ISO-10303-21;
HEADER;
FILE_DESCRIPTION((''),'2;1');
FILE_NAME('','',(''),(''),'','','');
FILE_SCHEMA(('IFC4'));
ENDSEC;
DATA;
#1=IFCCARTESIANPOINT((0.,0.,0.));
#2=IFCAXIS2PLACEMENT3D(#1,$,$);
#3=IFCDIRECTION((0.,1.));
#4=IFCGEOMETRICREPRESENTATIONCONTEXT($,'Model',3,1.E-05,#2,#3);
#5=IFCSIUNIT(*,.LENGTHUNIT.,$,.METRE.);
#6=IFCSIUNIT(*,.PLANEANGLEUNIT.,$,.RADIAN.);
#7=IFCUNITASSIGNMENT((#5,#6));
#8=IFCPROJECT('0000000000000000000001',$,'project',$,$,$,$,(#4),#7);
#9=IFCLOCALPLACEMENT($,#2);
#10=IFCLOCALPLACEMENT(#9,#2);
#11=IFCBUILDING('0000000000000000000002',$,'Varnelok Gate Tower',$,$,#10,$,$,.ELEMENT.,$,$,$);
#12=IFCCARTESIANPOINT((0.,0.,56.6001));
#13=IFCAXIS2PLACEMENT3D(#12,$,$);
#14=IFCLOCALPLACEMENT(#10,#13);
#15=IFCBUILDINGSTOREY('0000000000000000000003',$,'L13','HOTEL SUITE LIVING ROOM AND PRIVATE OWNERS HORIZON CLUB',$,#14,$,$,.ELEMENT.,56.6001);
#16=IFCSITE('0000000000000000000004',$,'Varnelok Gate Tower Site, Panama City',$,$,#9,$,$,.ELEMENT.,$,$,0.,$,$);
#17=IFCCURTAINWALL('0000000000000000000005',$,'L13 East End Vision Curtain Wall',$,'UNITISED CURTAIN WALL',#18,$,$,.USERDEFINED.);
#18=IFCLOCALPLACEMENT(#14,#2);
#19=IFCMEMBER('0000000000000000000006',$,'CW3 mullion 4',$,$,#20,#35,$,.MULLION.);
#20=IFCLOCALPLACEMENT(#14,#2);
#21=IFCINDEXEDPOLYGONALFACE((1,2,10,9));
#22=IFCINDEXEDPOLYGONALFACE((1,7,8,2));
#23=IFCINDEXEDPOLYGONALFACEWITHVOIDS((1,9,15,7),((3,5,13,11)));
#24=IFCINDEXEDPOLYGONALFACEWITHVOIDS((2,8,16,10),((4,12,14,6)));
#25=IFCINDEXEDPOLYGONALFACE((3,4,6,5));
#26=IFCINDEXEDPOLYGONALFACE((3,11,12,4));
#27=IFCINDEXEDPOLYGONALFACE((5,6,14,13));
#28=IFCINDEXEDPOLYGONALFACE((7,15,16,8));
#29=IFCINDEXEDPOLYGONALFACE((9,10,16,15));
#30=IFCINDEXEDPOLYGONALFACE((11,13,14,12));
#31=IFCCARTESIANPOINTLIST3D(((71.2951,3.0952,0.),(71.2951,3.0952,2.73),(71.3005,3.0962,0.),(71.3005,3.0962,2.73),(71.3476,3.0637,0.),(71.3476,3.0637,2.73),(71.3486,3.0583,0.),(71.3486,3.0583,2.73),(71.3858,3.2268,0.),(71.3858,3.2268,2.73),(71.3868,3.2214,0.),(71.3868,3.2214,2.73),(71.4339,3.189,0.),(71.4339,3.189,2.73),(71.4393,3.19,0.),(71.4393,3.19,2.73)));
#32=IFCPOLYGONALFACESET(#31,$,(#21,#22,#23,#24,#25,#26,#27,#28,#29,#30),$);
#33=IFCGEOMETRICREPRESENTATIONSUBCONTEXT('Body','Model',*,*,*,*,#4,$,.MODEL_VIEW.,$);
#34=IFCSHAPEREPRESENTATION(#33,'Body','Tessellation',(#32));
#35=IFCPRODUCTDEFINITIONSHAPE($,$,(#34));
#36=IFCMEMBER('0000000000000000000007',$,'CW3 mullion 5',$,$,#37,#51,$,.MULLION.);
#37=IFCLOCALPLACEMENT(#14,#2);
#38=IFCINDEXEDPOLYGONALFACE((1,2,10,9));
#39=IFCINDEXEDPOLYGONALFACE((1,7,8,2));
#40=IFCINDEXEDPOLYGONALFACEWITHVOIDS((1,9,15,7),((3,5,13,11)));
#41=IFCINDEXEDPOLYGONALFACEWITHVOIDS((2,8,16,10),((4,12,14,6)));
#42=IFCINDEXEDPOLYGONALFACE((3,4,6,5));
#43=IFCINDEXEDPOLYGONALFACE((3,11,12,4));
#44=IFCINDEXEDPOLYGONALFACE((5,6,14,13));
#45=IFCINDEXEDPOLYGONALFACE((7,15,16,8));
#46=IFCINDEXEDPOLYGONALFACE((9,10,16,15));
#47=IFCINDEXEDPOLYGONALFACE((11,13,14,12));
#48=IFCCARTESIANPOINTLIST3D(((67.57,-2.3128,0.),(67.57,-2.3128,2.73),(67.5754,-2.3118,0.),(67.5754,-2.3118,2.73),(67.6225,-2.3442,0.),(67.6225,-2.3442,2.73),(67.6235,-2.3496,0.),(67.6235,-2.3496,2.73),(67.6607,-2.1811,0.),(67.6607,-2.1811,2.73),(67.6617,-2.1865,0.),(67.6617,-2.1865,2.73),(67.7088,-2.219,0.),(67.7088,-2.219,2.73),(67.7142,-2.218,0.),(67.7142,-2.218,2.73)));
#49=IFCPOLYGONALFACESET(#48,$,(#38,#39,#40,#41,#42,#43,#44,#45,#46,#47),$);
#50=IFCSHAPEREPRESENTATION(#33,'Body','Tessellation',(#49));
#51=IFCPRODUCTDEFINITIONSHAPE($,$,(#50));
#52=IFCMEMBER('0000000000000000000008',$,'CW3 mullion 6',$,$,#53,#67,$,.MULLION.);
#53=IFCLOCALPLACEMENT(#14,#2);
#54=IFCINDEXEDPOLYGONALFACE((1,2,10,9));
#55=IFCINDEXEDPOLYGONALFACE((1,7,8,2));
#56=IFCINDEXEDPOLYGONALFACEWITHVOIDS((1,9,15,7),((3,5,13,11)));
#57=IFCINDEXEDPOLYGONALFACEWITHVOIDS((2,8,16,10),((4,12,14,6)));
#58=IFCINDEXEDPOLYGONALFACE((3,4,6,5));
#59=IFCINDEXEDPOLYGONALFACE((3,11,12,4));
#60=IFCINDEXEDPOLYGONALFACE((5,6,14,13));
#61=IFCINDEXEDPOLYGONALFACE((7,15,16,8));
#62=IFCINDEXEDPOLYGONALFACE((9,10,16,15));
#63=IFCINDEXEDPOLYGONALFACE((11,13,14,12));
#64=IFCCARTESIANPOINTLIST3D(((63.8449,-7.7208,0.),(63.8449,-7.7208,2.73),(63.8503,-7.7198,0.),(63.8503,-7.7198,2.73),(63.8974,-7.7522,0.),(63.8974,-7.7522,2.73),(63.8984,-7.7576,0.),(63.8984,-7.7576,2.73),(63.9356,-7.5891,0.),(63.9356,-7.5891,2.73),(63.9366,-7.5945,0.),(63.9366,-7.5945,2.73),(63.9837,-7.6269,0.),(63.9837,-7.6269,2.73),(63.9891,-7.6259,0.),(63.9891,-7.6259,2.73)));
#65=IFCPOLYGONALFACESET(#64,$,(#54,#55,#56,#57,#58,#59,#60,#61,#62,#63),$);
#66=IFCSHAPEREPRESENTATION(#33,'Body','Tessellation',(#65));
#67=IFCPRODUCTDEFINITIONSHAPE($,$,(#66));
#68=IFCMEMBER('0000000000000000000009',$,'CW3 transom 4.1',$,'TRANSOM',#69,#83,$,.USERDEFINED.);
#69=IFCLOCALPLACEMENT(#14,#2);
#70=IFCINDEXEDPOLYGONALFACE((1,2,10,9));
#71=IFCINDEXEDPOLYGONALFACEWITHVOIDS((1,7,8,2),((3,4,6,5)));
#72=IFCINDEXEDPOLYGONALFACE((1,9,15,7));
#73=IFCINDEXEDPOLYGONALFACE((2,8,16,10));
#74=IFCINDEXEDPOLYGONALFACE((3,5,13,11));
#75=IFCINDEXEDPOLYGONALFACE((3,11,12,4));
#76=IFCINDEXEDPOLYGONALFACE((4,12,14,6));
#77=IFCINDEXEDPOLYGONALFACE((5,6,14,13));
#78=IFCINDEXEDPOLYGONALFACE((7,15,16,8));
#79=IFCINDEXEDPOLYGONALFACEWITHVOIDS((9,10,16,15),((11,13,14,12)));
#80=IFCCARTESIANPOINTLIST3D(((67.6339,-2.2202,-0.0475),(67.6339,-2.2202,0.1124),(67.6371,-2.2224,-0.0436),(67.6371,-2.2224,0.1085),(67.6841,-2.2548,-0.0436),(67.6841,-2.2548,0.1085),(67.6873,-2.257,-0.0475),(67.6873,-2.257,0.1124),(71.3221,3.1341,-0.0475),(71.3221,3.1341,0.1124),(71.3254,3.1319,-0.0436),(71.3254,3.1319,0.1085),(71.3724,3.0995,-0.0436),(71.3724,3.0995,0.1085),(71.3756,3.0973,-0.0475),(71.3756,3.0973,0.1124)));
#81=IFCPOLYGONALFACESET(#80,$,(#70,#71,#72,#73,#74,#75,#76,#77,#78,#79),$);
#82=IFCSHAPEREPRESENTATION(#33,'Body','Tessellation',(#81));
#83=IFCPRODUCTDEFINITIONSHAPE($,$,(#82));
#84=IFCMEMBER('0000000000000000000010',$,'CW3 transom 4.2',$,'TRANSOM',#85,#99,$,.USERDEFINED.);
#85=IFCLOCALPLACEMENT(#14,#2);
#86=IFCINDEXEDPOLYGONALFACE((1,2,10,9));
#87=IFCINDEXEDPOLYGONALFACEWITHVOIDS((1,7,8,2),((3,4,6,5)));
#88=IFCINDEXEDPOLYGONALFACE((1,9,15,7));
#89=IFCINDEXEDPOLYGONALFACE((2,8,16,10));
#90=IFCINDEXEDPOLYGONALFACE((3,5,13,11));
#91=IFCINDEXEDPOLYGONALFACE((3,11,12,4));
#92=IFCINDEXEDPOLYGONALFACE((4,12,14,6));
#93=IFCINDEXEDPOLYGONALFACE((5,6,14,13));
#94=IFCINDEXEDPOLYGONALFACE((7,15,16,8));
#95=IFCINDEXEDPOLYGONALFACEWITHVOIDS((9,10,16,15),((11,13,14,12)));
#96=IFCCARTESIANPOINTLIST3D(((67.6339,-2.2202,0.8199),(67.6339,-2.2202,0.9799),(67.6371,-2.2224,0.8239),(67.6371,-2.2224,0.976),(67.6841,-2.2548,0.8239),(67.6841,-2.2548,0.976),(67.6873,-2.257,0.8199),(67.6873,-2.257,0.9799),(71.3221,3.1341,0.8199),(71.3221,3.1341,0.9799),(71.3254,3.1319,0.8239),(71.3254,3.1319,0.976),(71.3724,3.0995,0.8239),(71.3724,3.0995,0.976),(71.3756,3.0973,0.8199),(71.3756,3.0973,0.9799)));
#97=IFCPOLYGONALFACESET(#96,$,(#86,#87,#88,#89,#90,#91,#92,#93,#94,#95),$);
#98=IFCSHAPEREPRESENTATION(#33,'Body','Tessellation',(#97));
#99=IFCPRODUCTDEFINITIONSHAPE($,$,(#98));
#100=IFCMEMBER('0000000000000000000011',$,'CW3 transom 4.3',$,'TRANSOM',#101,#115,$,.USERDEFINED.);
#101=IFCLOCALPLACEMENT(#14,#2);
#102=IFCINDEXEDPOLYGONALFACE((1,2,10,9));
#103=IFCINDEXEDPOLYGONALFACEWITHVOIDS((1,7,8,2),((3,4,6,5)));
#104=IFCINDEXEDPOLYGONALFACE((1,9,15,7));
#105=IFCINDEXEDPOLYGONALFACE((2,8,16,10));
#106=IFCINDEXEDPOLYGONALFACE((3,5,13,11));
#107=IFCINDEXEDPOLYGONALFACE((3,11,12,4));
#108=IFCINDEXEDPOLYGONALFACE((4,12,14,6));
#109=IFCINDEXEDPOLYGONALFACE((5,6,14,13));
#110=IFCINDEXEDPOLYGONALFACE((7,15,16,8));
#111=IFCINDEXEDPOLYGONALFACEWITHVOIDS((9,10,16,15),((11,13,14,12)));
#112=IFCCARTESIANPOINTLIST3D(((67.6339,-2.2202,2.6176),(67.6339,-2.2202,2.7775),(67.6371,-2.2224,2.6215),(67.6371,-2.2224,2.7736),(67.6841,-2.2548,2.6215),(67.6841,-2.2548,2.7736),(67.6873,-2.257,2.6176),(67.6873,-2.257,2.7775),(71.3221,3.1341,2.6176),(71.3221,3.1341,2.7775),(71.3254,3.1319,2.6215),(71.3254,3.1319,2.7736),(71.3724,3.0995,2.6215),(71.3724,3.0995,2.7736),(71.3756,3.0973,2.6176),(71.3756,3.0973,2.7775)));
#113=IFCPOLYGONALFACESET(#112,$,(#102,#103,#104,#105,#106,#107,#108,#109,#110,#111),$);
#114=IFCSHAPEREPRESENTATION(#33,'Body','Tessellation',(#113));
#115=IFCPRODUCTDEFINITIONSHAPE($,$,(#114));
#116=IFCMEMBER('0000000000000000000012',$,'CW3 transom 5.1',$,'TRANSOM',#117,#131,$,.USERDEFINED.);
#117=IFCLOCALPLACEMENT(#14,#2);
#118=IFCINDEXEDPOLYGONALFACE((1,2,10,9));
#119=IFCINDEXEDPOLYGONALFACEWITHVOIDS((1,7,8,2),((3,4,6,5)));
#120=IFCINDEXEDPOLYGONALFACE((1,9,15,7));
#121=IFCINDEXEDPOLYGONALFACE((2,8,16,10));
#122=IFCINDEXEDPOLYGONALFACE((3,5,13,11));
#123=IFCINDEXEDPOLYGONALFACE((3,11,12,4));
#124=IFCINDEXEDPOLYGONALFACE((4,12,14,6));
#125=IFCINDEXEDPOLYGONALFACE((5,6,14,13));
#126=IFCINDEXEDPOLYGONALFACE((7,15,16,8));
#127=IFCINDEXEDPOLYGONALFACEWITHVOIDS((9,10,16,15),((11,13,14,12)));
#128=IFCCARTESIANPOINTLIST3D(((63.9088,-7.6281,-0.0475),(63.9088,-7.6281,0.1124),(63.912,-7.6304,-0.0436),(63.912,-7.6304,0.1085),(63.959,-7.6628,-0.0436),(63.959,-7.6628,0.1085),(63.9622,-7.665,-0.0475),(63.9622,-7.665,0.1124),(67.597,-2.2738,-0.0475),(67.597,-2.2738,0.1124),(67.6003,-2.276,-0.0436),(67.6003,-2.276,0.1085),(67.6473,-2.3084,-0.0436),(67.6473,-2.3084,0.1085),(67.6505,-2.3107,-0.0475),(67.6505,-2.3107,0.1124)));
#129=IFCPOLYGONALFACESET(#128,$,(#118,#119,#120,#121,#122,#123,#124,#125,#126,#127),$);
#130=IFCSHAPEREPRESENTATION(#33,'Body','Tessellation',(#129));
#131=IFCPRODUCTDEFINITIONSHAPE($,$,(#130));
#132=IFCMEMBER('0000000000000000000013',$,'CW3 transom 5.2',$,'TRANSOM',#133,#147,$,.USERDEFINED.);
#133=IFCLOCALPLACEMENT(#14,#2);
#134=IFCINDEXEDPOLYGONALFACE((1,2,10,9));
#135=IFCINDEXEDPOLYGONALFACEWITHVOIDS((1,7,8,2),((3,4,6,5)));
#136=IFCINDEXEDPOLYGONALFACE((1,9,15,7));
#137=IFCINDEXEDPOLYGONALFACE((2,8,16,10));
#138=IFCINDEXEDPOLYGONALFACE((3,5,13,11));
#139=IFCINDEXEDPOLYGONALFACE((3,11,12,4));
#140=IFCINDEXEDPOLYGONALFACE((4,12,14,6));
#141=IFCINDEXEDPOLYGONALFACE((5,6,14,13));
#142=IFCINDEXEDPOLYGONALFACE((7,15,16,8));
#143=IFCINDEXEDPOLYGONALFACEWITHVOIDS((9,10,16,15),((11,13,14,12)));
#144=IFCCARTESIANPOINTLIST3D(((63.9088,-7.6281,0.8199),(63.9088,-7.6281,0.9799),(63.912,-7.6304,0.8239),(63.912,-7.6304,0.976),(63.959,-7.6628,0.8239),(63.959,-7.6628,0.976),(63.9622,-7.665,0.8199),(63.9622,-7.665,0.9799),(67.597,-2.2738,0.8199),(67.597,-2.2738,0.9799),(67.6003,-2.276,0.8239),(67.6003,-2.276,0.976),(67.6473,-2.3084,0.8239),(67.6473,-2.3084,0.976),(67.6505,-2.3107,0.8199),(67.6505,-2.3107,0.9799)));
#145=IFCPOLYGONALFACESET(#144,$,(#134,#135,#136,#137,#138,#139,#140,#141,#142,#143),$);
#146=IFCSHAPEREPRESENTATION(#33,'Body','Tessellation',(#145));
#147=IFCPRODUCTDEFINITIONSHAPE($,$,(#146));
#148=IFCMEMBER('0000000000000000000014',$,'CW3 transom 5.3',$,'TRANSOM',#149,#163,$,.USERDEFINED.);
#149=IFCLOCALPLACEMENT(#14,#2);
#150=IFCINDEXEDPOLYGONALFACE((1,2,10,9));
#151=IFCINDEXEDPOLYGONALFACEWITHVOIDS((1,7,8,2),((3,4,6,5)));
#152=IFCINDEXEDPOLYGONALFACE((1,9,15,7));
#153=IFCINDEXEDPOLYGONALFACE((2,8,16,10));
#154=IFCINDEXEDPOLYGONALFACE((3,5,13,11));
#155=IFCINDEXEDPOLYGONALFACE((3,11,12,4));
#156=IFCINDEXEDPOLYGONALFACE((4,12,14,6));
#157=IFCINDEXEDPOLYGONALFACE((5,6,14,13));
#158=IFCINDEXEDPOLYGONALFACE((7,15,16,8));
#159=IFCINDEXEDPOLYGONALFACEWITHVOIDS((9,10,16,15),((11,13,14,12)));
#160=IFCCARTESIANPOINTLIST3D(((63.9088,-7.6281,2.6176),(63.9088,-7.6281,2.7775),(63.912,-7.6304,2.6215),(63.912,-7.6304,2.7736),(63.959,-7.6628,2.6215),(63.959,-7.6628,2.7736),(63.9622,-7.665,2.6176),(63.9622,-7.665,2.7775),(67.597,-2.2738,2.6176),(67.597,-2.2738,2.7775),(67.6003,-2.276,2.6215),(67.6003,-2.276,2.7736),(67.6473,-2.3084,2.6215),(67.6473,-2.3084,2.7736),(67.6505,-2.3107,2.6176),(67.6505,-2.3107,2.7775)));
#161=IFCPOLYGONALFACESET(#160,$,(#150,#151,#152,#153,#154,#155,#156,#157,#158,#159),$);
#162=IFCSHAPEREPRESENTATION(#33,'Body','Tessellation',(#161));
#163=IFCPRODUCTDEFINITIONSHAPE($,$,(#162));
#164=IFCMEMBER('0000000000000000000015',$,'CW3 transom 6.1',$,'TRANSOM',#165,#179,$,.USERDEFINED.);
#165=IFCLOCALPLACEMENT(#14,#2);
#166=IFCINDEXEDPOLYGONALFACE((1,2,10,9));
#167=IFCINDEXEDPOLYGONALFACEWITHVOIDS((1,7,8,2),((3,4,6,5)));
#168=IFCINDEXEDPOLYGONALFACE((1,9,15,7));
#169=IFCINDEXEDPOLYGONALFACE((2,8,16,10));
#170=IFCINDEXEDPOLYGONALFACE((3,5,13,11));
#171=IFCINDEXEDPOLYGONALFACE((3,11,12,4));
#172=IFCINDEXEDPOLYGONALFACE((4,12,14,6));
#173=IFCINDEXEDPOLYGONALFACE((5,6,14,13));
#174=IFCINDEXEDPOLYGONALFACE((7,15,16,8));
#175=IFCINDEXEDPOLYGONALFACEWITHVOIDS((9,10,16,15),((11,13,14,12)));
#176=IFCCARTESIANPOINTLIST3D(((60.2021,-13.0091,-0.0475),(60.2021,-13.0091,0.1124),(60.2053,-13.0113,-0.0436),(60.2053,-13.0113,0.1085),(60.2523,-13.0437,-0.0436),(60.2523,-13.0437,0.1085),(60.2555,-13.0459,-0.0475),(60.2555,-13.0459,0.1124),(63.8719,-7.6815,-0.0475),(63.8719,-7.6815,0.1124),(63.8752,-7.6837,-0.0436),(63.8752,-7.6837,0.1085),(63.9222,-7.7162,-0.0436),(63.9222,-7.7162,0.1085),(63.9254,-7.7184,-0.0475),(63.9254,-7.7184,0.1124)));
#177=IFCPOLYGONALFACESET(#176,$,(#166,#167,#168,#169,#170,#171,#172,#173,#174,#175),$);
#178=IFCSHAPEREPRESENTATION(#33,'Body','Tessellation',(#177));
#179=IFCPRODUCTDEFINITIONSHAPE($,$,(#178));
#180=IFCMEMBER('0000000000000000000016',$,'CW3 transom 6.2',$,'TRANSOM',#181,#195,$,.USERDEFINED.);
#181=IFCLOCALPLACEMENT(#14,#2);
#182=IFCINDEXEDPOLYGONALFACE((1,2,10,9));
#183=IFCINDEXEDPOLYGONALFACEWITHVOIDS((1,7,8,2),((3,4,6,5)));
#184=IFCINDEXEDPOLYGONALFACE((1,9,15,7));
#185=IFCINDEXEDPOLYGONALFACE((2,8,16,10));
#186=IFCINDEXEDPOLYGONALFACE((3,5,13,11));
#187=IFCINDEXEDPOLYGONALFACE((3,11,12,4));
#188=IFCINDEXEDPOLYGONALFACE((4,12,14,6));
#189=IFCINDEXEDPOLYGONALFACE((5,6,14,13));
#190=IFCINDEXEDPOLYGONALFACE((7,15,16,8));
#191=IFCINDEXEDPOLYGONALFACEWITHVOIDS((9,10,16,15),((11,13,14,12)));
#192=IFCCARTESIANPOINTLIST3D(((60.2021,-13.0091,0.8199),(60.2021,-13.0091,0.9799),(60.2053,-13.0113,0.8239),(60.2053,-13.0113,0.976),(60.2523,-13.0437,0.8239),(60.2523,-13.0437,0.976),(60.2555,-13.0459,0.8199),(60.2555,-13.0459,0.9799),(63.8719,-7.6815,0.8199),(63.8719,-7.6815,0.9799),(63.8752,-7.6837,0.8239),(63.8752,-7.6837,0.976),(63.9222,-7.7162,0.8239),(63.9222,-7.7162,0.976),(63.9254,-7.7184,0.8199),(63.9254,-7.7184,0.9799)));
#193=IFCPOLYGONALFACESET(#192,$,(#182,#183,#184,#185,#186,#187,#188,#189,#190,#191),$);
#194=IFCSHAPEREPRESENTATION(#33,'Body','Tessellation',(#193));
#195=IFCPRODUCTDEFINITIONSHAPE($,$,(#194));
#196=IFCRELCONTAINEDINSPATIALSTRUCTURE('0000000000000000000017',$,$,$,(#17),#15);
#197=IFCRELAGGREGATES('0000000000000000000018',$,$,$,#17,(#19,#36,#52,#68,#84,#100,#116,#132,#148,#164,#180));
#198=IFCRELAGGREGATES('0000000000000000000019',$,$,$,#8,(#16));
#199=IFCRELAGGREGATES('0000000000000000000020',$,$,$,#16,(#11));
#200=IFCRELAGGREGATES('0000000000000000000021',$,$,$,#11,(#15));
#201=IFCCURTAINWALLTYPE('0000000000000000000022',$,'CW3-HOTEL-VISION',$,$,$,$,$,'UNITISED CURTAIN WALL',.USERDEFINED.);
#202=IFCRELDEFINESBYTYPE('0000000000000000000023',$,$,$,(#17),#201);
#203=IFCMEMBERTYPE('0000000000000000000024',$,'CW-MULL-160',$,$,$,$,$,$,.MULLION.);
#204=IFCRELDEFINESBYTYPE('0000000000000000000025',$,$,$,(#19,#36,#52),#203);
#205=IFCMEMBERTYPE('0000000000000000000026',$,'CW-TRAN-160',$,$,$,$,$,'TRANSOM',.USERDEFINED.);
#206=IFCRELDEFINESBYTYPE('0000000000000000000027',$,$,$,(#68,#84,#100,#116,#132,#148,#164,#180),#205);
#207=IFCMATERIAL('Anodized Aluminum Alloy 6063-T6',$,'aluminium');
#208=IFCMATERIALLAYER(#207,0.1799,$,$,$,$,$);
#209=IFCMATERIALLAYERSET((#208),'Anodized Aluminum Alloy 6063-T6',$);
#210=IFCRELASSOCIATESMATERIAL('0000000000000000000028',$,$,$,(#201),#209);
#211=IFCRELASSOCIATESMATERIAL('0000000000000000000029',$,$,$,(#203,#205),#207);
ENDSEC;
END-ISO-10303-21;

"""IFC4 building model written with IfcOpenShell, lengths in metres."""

from ifc_helpers import new_model, si_unit, direction, frame, origin, origin_2d, place, context, subcontext, project, spatial, hollow_rectangle, extrude, material, layer, layer_set, material_profile, profile_set, type_object, element, aggregate, save


model = new_model("IFC4")

# Units and contexts
model_context = context("Model", 3, precision=1e-05, world=origin(), true_north=direction((0.0, 1.0)))
body_context = subcontext(model_context, "Body", "Model", "MODEL_VIEW")
ifc_project = project(units=[si_unit("LENGTHUNIT", "METRE"), si_unit("PLANEANGLEUNIT", "RADIAN")], contexts=[model_context])

# Site, building, storey
site_placement = place(None, origin())
site = spatial("IfcSite", under=ifc_project, at=site_placement, Name="Varnelok Gate Tower Site, Panama City", CompositionType="ELEMENT", RefElevation=0.0)
building_placement = place(site_placement, origin())
building = spatial("IfcBuilding", under=site, at=building_placement, Name="Varnelok Gate Tower", CompositionType="ELEMENT")
storey_placement = place(building_placement, frame((0.0, 0.0, 56.6001)))
storey = spatial("IfcBuildingStorey", under=building, at=storey_placement, Name="L13", Description="HOTEL SUITE LIVING ROOM AND PRIVATE OWNERS HORIZON CLUB", CompositionType="ELEMENT", Elevation=56.6001)

# Curtain wall, members
ifc_material_1 = material(Name="Anodized Aluminum Alloy 6063-T6", Category="aluminium")
ifc_layer_1 = layer(ifc_material_1, 0.1799)
ifc_layer_set_1 = layer_set([ifc_layer_1], Name="Anodized Aluminum Alloy 6063-T6")
curtain_wall_type = type_object("IfcCurtainWallType", Name="CW3-HOTEL-VISION", ElementType="UNITISED CURTAIN WALL", PredefinedType="USERDEFINED", material=ifc_layer_set_1)
curtain_wall_placement = place(storey_placement, origin())
curtain_wall = element("IfcCurtainWall", 1, at=curtain_wall_placement, inside=storey, type_object=curtain_wall_type, Name="L13 East End Vision Curtain Wall", ObjectType="UNITISED CURTAIN WALL", PredefinedType="USERDEFINED")
ifc_material_profile_1 = material_profile(ifc_material_1, hollow_rectangle(XDim=0.0649, YDim=0.1599, WallThickness=0.0039, at=origin_2d()), Name="ALU160X65X4")
ifc_profile_set_1 = profile_set([ifc_material_profile_1], Name="Anodized Aluminum Alloy 6063-T6")
member_type_1 = type_object("IfcMemberType", Name="CW-MULL-160", PredefinedType="MULLION", material=ifc_profile_set_1)
member_1_placement = place(storey_placement, frame((71.3672, 3.1426, 0.0), z_axis=(0.0, 0.0, 1.0), x_axis=(0.823533, -0.567269, 0.0)))
member_1 = element("IfcMember", 2, at=member_1_placement, type_object=member_type_1, Name="CW3 mullion 4", PredefinedType="MULLION", context=body_context, shape_type="SweptSolid", body=[
    extrude(hollow_rectangle(XDim=0.0649, YDim=0.1599, WallThickness=0.0039, at=origin_2d()), origin(), (0.0, 0.0, 1.0), 2.73),
])
member_2_placement = place(storey_placement, frame((67.6421, -2.2654, 0.0), z_axis=(0.0, 0.0, 1.0), x_axis=(0.823533, -0.567269, 0.0)))
member_2 = element("IfcMember", 3, at=member_2_placement, type_object=member_type_1, Name="CW3 mullion 5", PredefinedType="MULLION", context=body_context, shape_type="SweptSolid", body=[
    extrude(hollow_rectangle(XDim=0.0649, YDim=0.1599, WallThickness=0.0039, at=origin_2d()), origin(), (0.0, 0.0, 1.0), 2.73),
])
member_3_placement = place(storey_placement, frame((63.917, -7.6733, 0.0), z_axis=(0.0, 0.0, 1.0), x_axis=(0.823533, -0.567269, 0.0)))
member_3 = element("IfcMember", 4, at=member_3_placement, type_object=member_type_1, Name="CW3 mullion 6", PredefinedType="MULLION", context=body_context, shape_type="SweptSolid", body=[
    extrude(hollow_rectangle(XDim=0.0649, YDim=0.1599, WallThickness=0.0039, at=origin_2d()), origin(), (0.0, 0.0, 1.0), 2.73),
])
ifc_material_profile_2 = material_profile(ifc_material_1, hollow_rectangle(XDim=0.0649, YDim=0.1599, WallThickness=0.0039, at=origin_2d()), Name="ALU160X65X4")
ifc_profile_set_2 = profile_set([ifc_material_profile_2], Name="Anodized Aluminum Alloy 6063-T6")
member_type_2 = type_object("IfcMemberType", Name="CW-TRAN-160", ElementType="TRANSOM", PredefinedType="USERDEFINED", material=ifc_profile_set_2)
member_4_placement = place(storey_placement, frame((71.3489, 3.1157, 0.0325), z_axis=(-0.567279, -0.823526, 0.0), x_axis=(0.823526, -0.567279, 0.0)))
member_4 = element("IfcMember", 5, at=member_4_placement, type_object=member_type_2, Name="CW3 transom 4.1", ObjectType="TRANSOM", PredefinedType="USERDEFINED", context=body_context, shape_type="SweptSolid", body=[
    extrude(hollow_rectangle(XDim=0.0649, YDim=0.1599, WallThickness=0.0039, at=origin_2d()), origin(), (0.0, 0.0, 1.0), 6.5017),
])
member_5_placement = place(storey_placement, frame((71.3489, 3.1157, 0.8999), z_axis=(-0.567279, -0.823526, 0.0), x_axis=(0.823526, -0.567279, 0.0)))
member_5 = element("IfcMember", 6, at=member_5_placement, type_object=member_type_2, Name="CW3 transom 4.2", ObjectType="TRANSOM", PredefinedType="USERDEFINED", context=body_context, shape_type="SweptSolid", body=[
    extrude(hollow_rectangle(XDim=0.0649, YDim=0.1599, WallThickness=0.0039, at=origin_2d()), origin(), (0.0, 0.0, 1.0), 6.5017),
])
member_6_placement = place(storey_placement, frame((71.3489, 3.1157, 2.6975), z_axis=(-0.567279, -0.823526, 0.0), x_axis=(0.823526, -0.567279, 0.0)))
member_6 = element("IfcMember", 7, at=member_6_placement, type_object=member_type_2, Name="CW3 transom 4.3", ObjectType="TRANSOM", PredefinedType="USERDEFINED", context=body_context, shape_type="SweptSolid", body=[
    extrude(hollow_rectangle(XDim=0.0649, YDim=0.1599, WallThickness=0.0039, at=origin_2d()), origin(), (0.0, 0.0, 1.0), 6.5017),
])
member_7_placement = place(storey_placement, frame((67.6238, -2.2922, 0.0325), z_axis=(-0.567279, -0.823526, 0.0), x_axis=(0.823526, -0.567279, 0.0)))
member_7 = element("IfcMember", 8, at=member_7_placement, type_object=member_type_2, Name="CW3 transom 5.1", ObjectType="TRANSOM", PredefinedType="USERDEFINED", context=body_context, shape_type="SweptSolid", body=[
    extrude(hollow_rectangle(XDim=0.0649, YDim=0.1599, WallThickness=0.0039, at=origin_2d()), origin(), (0.0, 0.0, 1.0), 6.5017),
])
member_8_placement = place(storey_placement, frame((67.6238, -2.2922, 0.8999), z_axis=(-0.567279, -0.823526, 0.0), x_axis=(0.823526, -0.567279, 0.0)))
member_8 = element("IfcMember", 9, at=member_8_placement, type_object=member_type_2, Name="CW3 transom 5.2", ObjectType="TRANSOM", PredefinedType="USERDEFINED", context=body_context, shape_type="SweptSolid", body=[
    extrude(hollow_rectangle(XDim=0.0649, YDim=0.1599, WallThickness=0.0039, at=origin_2d()), origin(), (0.0, 0.0, 1.0), 6.5017),
])
member_9_placement = place(storey_placement, frame((67.6238, -2.2922, 2.6975), z_axis=(-0.567279, -0.823526, 0.0), x_axis=(0.823526, -0.567279, 0.0)))
member_9 = element("IfcMember", 10, at=member_9_placement, type_object=member_type_2, Name="CW3 transom 5.3", ObjectType="TRANSOM", PredefinedType="USERDEFINED", context=body_context, shape_type="SweptSolid", body=[
    extrude(hollow_rectangle(XDim=0.0649, YDim=0.1599, WallThickness=0.0039, at=origin_2d()), origin(), (0.0, 0.0, 1.0), 6.5017),
])
member_10_placement = place(storey_placement, frame((63.8987, -7.7, 0.0325), z_axis=(-0.567281, -0.823524, 0.0), x_axis=(0.823524, -0.567281, 0.0)))
member_10 = element("IfcMember", 11, at=member_10_placement, type_object=member_type_2, Name="CW3 transom 6.1", ObjectType="TRANSOM", PredefinedType="USERDEFINED", context=body_context, shape_type="SweptSolid", body=[
    extrude(hollow_rectangle(XDim=0.0649, YDim=0.1599, WallThickness=0.0039, at=origin_2d()), origin(), (0.0, 0.0, 1.0), 6.4692),
])
member_11_placement = place(storey_placement, frame((63.8987, -7.7, 0.8999), z_axis=(-0.567281, -0.823524, 0.0), x_axis=(0.823524, -0.567281, 0.0)))
member_11 = element("IfcMember", 12, at=member_11_placement, type_object=member_type_2, Name="CW3 transom 6.2", ObjectType="TRANSOM", PredefinedType="USERDEFINED", context=body_context, shape_type="SweptSolid", body=[
    extrude(hollow_rectangle(XDim=0.0649, YDim=0.1599, WallThickness=0.0039, at=origin_2d()), origin(), (0.0, 0.0, 1.0), 6.4692),
])
aggregate(curtain_wall, [member_1, member_2, member_3, member_4, member_5, member_6, member_7, member_8, member_9, member_10, member_11])

save(model, "model.ifc")
